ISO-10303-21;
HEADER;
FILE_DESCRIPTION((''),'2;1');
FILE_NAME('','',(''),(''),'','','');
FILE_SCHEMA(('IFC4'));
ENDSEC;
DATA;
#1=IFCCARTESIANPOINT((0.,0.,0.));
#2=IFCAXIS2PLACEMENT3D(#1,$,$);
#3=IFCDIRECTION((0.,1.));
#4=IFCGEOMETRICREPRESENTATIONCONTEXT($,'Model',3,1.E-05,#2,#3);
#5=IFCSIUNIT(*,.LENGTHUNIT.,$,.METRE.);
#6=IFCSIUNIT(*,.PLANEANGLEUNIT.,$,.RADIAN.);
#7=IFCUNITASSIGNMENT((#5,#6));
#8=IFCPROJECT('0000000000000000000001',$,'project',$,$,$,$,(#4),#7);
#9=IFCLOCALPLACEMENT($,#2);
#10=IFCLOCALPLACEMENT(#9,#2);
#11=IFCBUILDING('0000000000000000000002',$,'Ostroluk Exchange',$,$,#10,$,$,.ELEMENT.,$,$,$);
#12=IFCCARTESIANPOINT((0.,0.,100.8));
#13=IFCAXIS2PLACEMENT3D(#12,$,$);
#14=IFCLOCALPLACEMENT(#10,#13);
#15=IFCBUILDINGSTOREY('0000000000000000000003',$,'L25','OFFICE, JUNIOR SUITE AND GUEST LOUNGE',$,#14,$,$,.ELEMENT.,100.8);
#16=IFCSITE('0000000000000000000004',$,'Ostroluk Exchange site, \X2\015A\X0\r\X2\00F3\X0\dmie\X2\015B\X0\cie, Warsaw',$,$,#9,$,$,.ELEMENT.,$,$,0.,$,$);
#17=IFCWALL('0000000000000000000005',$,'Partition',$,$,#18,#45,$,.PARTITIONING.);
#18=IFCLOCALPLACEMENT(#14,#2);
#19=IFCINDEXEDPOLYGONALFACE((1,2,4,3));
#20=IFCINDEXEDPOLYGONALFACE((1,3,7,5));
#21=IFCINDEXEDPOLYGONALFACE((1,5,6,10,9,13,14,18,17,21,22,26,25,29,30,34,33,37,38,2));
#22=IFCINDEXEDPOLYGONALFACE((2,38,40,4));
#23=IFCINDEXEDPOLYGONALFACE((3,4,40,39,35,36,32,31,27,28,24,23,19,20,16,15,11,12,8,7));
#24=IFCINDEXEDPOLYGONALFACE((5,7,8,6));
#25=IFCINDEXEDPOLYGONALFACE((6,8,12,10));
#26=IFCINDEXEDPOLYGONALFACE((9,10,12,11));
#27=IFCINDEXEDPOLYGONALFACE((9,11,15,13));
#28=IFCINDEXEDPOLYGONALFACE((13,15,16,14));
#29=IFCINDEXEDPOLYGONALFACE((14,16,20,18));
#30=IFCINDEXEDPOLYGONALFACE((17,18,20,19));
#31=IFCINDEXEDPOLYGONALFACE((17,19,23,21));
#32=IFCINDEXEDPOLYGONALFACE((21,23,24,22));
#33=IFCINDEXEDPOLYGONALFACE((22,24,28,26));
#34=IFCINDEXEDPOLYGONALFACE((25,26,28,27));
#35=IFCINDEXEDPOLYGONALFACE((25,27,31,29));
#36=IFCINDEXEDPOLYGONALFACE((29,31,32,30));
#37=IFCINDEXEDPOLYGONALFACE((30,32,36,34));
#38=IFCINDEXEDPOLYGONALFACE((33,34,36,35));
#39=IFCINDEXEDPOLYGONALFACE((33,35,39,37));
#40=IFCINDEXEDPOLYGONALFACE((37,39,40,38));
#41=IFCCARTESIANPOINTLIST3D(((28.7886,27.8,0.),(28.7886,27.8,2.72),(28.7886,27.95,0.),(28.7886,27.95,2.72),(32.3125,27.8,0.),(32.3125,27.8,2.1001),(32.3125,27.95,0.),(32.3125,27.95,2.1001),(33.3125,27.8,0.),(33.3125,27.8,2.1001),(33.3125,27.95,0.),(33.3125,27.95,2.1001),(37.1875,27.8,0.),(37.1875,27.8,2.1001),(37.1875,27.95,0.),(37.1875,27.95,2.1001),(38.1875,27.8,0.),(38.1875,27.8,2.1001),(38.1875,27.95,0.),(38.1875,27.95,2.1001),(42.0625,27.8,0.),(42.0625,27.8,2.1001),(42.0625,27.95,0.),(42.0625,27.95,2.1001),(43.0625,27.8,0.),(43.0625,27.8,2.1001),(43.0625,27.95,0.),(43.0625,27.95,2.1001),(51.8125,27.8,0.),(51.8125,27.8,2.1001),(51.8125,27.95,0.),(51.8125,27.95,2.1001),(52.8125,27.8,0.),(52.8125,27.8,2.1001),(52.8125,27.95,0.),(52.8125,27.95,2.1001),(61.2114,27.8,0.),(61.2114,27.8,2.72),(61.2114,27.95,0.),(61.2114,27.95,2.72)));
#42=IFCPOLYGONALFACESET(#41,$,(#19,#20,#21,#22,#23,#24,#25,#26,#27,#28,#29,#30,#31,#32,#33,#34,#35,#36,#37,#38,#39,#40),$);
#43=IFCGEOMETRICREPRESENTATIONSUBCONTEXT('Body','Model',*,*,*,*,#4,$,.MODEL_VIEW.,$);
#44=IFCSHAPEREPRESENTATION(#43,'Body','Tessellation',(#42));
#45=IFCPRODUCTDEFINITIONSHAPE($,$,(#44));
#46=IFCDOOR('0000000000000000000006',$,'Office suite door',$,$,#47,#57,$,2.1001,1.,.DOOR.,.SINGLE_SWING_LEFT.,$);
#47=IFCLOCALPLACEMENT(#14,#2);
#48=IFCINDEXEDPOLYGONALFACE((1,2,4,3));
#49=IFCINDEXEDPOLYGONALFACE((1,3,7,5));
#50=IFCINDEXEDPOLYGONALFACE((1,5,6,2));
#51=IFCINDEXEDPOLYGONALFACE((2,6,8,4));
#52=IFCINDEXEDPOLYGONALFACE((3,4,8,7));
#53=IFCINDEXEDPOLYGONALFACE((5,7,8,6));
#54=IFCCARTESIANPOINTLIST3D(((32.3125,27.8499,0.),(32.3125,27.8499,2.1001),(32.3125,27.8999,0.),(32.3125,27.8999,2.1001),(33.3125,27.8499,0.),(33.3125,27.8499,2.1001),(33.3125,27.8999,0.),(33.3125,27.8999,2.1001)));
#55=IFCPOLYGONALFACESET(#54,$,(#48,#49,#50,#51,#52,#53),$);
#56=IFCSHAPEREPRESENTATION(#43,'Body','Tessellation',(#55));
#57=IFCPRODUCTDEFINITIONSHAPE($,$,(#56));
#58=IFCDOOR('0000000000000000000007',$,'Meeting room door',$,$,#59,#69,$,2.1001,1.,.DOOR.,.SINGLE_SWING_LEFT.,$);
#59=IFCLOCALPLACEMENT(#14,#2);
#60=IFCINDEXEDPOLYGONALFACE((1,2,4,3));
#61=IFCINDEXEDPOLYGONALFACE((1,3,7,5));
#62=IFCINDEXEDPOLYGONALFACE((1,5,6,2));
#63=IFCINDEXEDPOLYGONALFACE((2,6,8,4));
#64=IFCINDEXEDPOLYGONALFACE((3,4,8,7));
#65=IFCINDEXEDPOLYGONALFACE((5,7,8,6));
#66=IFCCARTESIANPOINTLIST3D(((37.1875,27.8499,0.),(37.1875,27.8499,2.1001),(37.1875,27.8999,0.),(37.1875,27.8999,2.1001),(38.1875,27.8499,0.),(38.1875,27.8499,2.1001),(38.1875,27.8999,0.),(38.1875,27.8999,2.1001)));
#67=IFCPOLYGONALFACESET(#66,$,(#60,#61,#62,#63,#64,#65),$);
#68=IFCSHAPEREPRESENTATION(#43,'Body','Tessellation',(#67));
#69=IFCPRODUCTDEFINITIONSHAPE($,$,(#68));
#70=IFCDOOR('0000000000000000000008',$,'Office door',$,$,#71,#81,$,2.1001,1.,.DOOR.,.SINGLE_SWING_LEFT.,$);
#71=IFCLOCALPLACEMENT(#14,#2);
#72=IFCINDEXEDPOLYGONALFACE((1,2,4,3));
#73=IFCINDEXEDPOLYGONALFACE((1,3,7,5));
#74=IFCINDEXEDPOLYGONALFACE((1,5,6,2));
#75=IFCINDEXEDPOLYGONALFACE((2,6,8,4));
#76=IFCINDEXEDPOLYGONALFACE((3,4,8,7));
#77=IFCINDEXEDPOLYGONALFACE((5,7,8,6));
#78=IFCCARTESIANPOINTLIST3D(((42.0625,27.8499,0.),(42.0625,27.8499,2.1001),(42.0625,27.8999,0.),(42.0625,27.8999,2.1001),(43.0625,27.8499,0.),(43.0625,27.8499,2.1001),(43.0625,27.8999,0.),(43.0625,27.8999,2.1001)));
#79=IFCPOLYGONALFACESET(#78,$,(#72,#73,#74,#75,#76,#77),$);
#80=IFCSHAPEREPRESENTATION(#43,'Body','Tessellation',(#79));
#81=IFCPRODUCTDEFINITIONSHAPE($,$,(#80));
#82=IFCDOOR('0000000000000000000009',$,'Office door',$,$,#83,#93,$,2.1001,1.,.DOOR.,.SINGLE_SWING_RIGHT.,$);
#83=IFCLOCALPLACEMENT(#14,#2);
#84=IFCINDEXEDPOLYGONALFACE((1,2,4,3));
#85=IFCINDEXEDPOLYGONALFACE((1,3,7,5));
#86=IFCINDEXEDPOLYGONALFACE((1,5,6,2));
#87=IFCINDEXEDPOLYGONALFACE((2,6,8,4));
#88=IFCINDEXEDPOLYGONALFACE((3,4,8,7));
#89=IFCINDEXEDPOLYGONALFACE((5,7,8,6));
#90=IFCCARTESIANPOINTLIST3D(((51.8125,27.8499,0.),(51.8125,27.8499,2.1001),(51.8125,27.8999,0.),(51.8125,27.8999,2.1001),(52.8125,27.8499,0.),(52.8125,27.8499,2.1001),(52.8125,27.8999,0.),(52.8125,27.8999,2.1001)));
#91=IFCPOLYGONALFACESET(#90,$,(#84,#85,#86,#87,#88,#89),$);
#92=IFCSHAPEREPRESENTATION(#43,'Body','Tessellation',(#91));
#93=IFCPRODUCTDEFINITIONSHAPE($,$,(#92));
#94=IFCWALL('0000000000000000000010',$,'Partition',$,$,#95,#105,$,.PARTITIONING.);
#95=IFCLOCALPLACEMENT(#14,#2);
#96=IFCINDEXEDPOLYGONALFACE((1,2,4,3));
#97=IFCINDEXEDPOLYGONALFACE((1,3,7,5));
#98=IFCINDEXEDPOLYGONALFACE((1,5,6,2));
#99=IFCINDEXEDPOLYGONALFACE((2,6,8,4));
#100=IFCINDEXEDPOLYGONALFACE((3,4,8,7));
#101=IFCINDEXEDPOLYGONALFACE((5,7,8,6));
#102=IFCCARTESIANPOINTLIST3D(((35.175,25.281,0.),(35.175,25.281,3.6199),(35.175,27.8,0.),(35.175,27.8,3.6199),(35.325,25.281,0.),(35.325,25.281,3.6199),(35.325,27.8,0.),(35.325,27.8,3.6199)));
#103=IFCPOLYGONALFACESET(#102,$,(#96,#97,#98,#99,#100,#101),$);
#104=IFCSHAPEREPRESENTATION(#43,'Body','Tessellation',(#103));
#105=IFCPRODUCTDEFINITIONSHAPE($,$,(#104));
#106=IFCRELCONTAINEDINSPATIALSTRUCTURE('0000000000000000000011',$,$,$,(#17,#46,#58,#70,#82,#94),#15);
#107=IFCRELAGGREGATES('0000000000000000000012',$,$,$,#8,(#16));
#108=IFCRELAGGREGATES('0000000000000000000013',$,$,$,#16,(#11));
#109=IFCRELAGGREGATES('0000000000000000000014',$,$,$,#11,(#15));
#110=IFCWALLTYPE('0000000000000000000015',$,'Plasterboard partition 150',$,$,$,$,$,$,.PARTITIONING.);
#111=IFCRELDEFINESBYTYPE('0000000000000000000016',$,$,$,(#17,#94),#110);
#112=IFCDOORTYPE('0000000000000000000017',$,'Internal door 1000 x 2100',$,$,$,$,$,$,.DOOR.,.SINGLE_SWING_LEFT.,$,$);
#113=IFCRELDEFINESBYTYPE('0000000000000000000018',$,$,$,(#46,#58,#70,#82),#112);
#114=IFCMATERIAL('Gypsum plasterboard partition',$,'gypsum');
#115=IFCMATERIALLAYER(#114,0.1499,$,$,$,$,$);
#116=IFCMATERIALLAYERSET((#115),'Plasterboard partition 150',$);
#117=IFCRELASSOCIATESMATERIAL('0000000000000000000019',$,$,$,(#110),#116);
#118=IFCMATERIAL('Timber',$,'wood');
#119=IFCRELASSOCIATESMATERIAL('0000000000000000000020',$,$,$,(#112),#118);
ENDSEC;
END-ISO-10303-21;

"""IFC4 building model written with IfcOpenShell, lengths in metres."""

from ifc_helpers import new_model, si_unit, direction, frame, frame_2d, origin, place, context, subcontext, project, spatial, rectangle, extrude, material, layer, layer_set, type_object, element, fill, save


model = new_model("IFC4")

# Units and contexts
model_context = context("Model", 3, precision=1e-05, world=origin(), true_north=direction((0.0, 1.0)))
body_context = subcontext(model_context, "Body", "Model", "MODEL_VIEW")
ifc_project = project(units=[si_unit("LENGTHUNIT", "METRE"), si_unit("PLANEANGLEUNIT", "RADIAN")], contexts=[model_context])

# Site, building, storey
site_placement = place(None, origin())
site = spatial("IfcSite", under=ifc_project, at=site_placement, Name="Ostroluk Exchange site, Śródmieście, Warsaw", CompositionType="ELEMENT", RefElevation=0.0)
building_placement = place(site_placement, origin())
building = spatial("IfcBuilding", under=site, at=building_placement, Name="Ostroluk Exchange", CompositionType="ELEMENT")
storey_placement = place(building_placement, frame((0.0, 0.0, 100.8)))
storey = spatial("IfcBuildingStorey", under=building, at=storey_placement, Name="L25", Description="OFFICE, JUNIOR SUITE AND GUEST LOUNGE", CompositionType="ELEMENT", Elevation=100.8)

# Shared definitions
ifc_material_1 = material(Name="Gypsum plasterboard partition", Category="gypsum")
ifc_layer = layer(ifc_material_1, 0.1499)
ifc_layer_set = layer_set([ifc_layer], Name="Plasterboard partition 150")
wall_type = type_object("IfcWallType", Name="Plasterboard partition 150", PredefinedType="PARTITIONING", material=ifc_layer_set)

# Wall, openings, doors
wall_1_placement = place(storey_placement, frame((28.7886, 27.875, 0.0), z_axis=(0.0, 0.0, 1.0), x_axis=(1.0, 0.0, 0.0)))
wall_1 = element("IfcWall", 1, at=wall_1_placement, inside=storey, type_object=wall_type, Name="Partition", PredefinedType="PARTITIONING", context=body_context, shape_type="SweptSolid", body=[
    extrude(rectangle(XDim=32.4229, YDim=0.1499, at=frame_2d((16.2114, 0.0))), origin(), (0.0, 0.0, 1.0), 2.72),
])
opening_1_placement = place(wall_1_placement, frame((3.5239, 0.0, 0.0)))
opening_1 = element("IfcOpeningElement", 2, at=opening_1_placement, cuts=wall_1, PredefinedType="OPENING", context=body_context, shape_type="SweptSolid", body=[
    extrude(rectangle(XDim=1.0, YDim=2.1001, at=frame_2d((0.5, 1.05))), frame((0.0, 0.085, 0.0), z_axis=(0.0, -1.0, 0.0), x_axis=(1.0, 0.0, 0.0)), (0.0, 0.0, 1.0), 0.1699),
])
opening_2_placement = place(wall_1_placement, frame((8.3989, 0.0, 0.0)))
opening_2 = element("IfcOpeningElement", 3, at=opening_2_placement, cuts=wall_1, PredefinedType="OPENING", context=body_context, shape_type="SweptSolid", body=[
    extrude(rectangle(XDim=1.0, YDim=2.1001, at=frame_2d((0.5, 1.05))), frame((0.0, 0.085, 0.0), z_axis=(0.0, -1.0, 0.0), x_axis=(1.0, 0.0, 0.0)), (0.0, 0.0, 1.0), 0.1699),
])
opening_3_placement = place(wall_1_placement, frame((13.2739, 0.0, 0.0)))
opening_3 = element("IfcOpeningElement", 4, at=opening_3_placement, cuts=wall_1, PredefinedType="OPENING", context=body_context, shape_type="SweptSolid", body=[
    extrude(rectangle(XDim=1.0, YDim=2.1001, at=frame_2d((0.5, 1.05))), frame((0.0, 0.085, 0.0), z_axis=(0.0, -1.0, 0.0), x_axis=(1.0, 0.0, 0.0)), (0.0, 0.0, 1.0), 0.1699),
])
opening_4_placement = place(wall_1_placement, frame((23.0239, 0.0, 0.0)))
opening_4 = element("IfcOpeningElement", 5, at=opening_4_placement, cuts=wall_1, PredefinedType="OPENING", context=body_context, shape_type="SweptSolid", body=[
    extrude(rectangle(XDim=1.0, YDim=2.1001, at=frame_2d((0.5, 1.05))), frame((0.0, 0.085, 0.0), z_axis=(0.0, -1.0, 0.0), x_axis=(1.0, 0.0, 0.0)), (0.0, 0.0, 1.0), 0.1699),
])
ifc_material_2 = material(Name="Timber", Category="wood")
door_type = type_object("IfcDoorType", Name="Internal door 1000 x 2100", OperationType="SINGLE_SWING_LEFT", PredefinedType="DOOR", material=ifc_material_2)
door_1_placement = place(opening_1_placement, origin())
door_1 = element("IfcDoor", 6, at=door_1_placement, inside=storey, type_object=door_type, Name="Office suite door", OperationType="SINGLE_SWING_LEFT", OverallHeight=2.1001, OverallWidth=1.0, PredefinedType="DOOR", context=body_context, shape_type="SweptSolid", body=[
    extrude(rectangle(XDim=1.0, YDim=2.1001, at=frame_2d((0.5, 1.05))), frame((0.0, 0.0249, 0.0), z_axis=(0.0, -1.0, 0.0), x_axis=(1.0, 0.0, 0.0)), (0.0, 0.0, 1.0), 0.05),
])
fill(opening_1, door_1)
door_2_placement = place(opening_2_placement, origin())
door_2 = element("IfcDoor", 7, at=door_2_placement, inside=storey, type_object=door_type, Name="Meeting room door", OperationType="SINGLE_SWING_LEFT", OverallHeight=2.1001, OverallWidth=1.0, PredefinedType="DOOR", context=body_context, shape_type="SweptSolid", body=[
    extrude(rectangle(XDim=1.0, YDim=2.1001, at=frame_2d((0.5, 1.05))), frame((0.0, 0.0249, 0.0), z_axis=(0.0, -1.0, 0.0), x_axis=(1.0, 0.0, 0.0)), (0.0, 0.0, 1.0), 0.05),
])
fill(opening_2, door_2)
door_3_placement = place(opening_3_placement, origin())
door_3 = element("IfcDoor", 8, at=door_3_placement, inside=storey, type_object=door_type, Name="Office door", OperationType="SINGLE_SWING_LEFT", OverallHeight=2.1001, OverallWidth=1.0, PredefinedType="DOOR", context=body_context, shape_type="SweptSolid", body=[
    extrude(rectangle(XDim=1.0, YDim=2.1001, at=frame_2d((0.5, 1.05))), frame((0.0, 0.0249, 0.0), z_axis=(0.0, -1.0, 0.0), x_axis=(1.0, 0.0, 0.0)), (0.0, 0.0, 1.0), 0.05),
])
fill(opening_3, door_3)
door_4_placement = place(opening_4_placement, origin())
door_4 = element("IfcDoor", 9, at=door_4_placement, inside=storey, type_object=door_type, Name="Office door", OperationType="SINGLE_SWING_RIGHT", OverallHeight=2.1001, OverallWidth=1.0, PredefinedType="DOOR", context=body_context, shape_type="SweptSolid", body=[
    extrude(rectangle(XDim=1.0, YDim=2.1001, at=frame_2d((0.5, 1.05))), frame((0.0, 0.0249, 0.0), z_axis=(0.0, -1.0, 0.0), x_axis=(1.0, 0.0, 0.0)), (0.0, 0.0, 1.0), 0.05),
])
fill(opening_4, door_4)

# Wall
wall_2_placement = place(storey_placement, frame((35.25, 27.8, 0.0), z_axis=(0.0, 0.0, 1.0), x_axis=(0.0, -1.0, 0.0)))
element("IfcWall", 10, at=wall_2_placement, inside=storey, type_object=wall_type, Name="Partition", PredefinedType="PARTITIONING", context=body_context, shape_type="SweptSolid", body=[
    extrude(rectangle(XDim=2.519, YDim=0.1499, at=frame_2d((1.2595, 0.0))), origin(), (0.0, 0.0, 1.0), 3.6199),
])

save(model, "model.ifc")
